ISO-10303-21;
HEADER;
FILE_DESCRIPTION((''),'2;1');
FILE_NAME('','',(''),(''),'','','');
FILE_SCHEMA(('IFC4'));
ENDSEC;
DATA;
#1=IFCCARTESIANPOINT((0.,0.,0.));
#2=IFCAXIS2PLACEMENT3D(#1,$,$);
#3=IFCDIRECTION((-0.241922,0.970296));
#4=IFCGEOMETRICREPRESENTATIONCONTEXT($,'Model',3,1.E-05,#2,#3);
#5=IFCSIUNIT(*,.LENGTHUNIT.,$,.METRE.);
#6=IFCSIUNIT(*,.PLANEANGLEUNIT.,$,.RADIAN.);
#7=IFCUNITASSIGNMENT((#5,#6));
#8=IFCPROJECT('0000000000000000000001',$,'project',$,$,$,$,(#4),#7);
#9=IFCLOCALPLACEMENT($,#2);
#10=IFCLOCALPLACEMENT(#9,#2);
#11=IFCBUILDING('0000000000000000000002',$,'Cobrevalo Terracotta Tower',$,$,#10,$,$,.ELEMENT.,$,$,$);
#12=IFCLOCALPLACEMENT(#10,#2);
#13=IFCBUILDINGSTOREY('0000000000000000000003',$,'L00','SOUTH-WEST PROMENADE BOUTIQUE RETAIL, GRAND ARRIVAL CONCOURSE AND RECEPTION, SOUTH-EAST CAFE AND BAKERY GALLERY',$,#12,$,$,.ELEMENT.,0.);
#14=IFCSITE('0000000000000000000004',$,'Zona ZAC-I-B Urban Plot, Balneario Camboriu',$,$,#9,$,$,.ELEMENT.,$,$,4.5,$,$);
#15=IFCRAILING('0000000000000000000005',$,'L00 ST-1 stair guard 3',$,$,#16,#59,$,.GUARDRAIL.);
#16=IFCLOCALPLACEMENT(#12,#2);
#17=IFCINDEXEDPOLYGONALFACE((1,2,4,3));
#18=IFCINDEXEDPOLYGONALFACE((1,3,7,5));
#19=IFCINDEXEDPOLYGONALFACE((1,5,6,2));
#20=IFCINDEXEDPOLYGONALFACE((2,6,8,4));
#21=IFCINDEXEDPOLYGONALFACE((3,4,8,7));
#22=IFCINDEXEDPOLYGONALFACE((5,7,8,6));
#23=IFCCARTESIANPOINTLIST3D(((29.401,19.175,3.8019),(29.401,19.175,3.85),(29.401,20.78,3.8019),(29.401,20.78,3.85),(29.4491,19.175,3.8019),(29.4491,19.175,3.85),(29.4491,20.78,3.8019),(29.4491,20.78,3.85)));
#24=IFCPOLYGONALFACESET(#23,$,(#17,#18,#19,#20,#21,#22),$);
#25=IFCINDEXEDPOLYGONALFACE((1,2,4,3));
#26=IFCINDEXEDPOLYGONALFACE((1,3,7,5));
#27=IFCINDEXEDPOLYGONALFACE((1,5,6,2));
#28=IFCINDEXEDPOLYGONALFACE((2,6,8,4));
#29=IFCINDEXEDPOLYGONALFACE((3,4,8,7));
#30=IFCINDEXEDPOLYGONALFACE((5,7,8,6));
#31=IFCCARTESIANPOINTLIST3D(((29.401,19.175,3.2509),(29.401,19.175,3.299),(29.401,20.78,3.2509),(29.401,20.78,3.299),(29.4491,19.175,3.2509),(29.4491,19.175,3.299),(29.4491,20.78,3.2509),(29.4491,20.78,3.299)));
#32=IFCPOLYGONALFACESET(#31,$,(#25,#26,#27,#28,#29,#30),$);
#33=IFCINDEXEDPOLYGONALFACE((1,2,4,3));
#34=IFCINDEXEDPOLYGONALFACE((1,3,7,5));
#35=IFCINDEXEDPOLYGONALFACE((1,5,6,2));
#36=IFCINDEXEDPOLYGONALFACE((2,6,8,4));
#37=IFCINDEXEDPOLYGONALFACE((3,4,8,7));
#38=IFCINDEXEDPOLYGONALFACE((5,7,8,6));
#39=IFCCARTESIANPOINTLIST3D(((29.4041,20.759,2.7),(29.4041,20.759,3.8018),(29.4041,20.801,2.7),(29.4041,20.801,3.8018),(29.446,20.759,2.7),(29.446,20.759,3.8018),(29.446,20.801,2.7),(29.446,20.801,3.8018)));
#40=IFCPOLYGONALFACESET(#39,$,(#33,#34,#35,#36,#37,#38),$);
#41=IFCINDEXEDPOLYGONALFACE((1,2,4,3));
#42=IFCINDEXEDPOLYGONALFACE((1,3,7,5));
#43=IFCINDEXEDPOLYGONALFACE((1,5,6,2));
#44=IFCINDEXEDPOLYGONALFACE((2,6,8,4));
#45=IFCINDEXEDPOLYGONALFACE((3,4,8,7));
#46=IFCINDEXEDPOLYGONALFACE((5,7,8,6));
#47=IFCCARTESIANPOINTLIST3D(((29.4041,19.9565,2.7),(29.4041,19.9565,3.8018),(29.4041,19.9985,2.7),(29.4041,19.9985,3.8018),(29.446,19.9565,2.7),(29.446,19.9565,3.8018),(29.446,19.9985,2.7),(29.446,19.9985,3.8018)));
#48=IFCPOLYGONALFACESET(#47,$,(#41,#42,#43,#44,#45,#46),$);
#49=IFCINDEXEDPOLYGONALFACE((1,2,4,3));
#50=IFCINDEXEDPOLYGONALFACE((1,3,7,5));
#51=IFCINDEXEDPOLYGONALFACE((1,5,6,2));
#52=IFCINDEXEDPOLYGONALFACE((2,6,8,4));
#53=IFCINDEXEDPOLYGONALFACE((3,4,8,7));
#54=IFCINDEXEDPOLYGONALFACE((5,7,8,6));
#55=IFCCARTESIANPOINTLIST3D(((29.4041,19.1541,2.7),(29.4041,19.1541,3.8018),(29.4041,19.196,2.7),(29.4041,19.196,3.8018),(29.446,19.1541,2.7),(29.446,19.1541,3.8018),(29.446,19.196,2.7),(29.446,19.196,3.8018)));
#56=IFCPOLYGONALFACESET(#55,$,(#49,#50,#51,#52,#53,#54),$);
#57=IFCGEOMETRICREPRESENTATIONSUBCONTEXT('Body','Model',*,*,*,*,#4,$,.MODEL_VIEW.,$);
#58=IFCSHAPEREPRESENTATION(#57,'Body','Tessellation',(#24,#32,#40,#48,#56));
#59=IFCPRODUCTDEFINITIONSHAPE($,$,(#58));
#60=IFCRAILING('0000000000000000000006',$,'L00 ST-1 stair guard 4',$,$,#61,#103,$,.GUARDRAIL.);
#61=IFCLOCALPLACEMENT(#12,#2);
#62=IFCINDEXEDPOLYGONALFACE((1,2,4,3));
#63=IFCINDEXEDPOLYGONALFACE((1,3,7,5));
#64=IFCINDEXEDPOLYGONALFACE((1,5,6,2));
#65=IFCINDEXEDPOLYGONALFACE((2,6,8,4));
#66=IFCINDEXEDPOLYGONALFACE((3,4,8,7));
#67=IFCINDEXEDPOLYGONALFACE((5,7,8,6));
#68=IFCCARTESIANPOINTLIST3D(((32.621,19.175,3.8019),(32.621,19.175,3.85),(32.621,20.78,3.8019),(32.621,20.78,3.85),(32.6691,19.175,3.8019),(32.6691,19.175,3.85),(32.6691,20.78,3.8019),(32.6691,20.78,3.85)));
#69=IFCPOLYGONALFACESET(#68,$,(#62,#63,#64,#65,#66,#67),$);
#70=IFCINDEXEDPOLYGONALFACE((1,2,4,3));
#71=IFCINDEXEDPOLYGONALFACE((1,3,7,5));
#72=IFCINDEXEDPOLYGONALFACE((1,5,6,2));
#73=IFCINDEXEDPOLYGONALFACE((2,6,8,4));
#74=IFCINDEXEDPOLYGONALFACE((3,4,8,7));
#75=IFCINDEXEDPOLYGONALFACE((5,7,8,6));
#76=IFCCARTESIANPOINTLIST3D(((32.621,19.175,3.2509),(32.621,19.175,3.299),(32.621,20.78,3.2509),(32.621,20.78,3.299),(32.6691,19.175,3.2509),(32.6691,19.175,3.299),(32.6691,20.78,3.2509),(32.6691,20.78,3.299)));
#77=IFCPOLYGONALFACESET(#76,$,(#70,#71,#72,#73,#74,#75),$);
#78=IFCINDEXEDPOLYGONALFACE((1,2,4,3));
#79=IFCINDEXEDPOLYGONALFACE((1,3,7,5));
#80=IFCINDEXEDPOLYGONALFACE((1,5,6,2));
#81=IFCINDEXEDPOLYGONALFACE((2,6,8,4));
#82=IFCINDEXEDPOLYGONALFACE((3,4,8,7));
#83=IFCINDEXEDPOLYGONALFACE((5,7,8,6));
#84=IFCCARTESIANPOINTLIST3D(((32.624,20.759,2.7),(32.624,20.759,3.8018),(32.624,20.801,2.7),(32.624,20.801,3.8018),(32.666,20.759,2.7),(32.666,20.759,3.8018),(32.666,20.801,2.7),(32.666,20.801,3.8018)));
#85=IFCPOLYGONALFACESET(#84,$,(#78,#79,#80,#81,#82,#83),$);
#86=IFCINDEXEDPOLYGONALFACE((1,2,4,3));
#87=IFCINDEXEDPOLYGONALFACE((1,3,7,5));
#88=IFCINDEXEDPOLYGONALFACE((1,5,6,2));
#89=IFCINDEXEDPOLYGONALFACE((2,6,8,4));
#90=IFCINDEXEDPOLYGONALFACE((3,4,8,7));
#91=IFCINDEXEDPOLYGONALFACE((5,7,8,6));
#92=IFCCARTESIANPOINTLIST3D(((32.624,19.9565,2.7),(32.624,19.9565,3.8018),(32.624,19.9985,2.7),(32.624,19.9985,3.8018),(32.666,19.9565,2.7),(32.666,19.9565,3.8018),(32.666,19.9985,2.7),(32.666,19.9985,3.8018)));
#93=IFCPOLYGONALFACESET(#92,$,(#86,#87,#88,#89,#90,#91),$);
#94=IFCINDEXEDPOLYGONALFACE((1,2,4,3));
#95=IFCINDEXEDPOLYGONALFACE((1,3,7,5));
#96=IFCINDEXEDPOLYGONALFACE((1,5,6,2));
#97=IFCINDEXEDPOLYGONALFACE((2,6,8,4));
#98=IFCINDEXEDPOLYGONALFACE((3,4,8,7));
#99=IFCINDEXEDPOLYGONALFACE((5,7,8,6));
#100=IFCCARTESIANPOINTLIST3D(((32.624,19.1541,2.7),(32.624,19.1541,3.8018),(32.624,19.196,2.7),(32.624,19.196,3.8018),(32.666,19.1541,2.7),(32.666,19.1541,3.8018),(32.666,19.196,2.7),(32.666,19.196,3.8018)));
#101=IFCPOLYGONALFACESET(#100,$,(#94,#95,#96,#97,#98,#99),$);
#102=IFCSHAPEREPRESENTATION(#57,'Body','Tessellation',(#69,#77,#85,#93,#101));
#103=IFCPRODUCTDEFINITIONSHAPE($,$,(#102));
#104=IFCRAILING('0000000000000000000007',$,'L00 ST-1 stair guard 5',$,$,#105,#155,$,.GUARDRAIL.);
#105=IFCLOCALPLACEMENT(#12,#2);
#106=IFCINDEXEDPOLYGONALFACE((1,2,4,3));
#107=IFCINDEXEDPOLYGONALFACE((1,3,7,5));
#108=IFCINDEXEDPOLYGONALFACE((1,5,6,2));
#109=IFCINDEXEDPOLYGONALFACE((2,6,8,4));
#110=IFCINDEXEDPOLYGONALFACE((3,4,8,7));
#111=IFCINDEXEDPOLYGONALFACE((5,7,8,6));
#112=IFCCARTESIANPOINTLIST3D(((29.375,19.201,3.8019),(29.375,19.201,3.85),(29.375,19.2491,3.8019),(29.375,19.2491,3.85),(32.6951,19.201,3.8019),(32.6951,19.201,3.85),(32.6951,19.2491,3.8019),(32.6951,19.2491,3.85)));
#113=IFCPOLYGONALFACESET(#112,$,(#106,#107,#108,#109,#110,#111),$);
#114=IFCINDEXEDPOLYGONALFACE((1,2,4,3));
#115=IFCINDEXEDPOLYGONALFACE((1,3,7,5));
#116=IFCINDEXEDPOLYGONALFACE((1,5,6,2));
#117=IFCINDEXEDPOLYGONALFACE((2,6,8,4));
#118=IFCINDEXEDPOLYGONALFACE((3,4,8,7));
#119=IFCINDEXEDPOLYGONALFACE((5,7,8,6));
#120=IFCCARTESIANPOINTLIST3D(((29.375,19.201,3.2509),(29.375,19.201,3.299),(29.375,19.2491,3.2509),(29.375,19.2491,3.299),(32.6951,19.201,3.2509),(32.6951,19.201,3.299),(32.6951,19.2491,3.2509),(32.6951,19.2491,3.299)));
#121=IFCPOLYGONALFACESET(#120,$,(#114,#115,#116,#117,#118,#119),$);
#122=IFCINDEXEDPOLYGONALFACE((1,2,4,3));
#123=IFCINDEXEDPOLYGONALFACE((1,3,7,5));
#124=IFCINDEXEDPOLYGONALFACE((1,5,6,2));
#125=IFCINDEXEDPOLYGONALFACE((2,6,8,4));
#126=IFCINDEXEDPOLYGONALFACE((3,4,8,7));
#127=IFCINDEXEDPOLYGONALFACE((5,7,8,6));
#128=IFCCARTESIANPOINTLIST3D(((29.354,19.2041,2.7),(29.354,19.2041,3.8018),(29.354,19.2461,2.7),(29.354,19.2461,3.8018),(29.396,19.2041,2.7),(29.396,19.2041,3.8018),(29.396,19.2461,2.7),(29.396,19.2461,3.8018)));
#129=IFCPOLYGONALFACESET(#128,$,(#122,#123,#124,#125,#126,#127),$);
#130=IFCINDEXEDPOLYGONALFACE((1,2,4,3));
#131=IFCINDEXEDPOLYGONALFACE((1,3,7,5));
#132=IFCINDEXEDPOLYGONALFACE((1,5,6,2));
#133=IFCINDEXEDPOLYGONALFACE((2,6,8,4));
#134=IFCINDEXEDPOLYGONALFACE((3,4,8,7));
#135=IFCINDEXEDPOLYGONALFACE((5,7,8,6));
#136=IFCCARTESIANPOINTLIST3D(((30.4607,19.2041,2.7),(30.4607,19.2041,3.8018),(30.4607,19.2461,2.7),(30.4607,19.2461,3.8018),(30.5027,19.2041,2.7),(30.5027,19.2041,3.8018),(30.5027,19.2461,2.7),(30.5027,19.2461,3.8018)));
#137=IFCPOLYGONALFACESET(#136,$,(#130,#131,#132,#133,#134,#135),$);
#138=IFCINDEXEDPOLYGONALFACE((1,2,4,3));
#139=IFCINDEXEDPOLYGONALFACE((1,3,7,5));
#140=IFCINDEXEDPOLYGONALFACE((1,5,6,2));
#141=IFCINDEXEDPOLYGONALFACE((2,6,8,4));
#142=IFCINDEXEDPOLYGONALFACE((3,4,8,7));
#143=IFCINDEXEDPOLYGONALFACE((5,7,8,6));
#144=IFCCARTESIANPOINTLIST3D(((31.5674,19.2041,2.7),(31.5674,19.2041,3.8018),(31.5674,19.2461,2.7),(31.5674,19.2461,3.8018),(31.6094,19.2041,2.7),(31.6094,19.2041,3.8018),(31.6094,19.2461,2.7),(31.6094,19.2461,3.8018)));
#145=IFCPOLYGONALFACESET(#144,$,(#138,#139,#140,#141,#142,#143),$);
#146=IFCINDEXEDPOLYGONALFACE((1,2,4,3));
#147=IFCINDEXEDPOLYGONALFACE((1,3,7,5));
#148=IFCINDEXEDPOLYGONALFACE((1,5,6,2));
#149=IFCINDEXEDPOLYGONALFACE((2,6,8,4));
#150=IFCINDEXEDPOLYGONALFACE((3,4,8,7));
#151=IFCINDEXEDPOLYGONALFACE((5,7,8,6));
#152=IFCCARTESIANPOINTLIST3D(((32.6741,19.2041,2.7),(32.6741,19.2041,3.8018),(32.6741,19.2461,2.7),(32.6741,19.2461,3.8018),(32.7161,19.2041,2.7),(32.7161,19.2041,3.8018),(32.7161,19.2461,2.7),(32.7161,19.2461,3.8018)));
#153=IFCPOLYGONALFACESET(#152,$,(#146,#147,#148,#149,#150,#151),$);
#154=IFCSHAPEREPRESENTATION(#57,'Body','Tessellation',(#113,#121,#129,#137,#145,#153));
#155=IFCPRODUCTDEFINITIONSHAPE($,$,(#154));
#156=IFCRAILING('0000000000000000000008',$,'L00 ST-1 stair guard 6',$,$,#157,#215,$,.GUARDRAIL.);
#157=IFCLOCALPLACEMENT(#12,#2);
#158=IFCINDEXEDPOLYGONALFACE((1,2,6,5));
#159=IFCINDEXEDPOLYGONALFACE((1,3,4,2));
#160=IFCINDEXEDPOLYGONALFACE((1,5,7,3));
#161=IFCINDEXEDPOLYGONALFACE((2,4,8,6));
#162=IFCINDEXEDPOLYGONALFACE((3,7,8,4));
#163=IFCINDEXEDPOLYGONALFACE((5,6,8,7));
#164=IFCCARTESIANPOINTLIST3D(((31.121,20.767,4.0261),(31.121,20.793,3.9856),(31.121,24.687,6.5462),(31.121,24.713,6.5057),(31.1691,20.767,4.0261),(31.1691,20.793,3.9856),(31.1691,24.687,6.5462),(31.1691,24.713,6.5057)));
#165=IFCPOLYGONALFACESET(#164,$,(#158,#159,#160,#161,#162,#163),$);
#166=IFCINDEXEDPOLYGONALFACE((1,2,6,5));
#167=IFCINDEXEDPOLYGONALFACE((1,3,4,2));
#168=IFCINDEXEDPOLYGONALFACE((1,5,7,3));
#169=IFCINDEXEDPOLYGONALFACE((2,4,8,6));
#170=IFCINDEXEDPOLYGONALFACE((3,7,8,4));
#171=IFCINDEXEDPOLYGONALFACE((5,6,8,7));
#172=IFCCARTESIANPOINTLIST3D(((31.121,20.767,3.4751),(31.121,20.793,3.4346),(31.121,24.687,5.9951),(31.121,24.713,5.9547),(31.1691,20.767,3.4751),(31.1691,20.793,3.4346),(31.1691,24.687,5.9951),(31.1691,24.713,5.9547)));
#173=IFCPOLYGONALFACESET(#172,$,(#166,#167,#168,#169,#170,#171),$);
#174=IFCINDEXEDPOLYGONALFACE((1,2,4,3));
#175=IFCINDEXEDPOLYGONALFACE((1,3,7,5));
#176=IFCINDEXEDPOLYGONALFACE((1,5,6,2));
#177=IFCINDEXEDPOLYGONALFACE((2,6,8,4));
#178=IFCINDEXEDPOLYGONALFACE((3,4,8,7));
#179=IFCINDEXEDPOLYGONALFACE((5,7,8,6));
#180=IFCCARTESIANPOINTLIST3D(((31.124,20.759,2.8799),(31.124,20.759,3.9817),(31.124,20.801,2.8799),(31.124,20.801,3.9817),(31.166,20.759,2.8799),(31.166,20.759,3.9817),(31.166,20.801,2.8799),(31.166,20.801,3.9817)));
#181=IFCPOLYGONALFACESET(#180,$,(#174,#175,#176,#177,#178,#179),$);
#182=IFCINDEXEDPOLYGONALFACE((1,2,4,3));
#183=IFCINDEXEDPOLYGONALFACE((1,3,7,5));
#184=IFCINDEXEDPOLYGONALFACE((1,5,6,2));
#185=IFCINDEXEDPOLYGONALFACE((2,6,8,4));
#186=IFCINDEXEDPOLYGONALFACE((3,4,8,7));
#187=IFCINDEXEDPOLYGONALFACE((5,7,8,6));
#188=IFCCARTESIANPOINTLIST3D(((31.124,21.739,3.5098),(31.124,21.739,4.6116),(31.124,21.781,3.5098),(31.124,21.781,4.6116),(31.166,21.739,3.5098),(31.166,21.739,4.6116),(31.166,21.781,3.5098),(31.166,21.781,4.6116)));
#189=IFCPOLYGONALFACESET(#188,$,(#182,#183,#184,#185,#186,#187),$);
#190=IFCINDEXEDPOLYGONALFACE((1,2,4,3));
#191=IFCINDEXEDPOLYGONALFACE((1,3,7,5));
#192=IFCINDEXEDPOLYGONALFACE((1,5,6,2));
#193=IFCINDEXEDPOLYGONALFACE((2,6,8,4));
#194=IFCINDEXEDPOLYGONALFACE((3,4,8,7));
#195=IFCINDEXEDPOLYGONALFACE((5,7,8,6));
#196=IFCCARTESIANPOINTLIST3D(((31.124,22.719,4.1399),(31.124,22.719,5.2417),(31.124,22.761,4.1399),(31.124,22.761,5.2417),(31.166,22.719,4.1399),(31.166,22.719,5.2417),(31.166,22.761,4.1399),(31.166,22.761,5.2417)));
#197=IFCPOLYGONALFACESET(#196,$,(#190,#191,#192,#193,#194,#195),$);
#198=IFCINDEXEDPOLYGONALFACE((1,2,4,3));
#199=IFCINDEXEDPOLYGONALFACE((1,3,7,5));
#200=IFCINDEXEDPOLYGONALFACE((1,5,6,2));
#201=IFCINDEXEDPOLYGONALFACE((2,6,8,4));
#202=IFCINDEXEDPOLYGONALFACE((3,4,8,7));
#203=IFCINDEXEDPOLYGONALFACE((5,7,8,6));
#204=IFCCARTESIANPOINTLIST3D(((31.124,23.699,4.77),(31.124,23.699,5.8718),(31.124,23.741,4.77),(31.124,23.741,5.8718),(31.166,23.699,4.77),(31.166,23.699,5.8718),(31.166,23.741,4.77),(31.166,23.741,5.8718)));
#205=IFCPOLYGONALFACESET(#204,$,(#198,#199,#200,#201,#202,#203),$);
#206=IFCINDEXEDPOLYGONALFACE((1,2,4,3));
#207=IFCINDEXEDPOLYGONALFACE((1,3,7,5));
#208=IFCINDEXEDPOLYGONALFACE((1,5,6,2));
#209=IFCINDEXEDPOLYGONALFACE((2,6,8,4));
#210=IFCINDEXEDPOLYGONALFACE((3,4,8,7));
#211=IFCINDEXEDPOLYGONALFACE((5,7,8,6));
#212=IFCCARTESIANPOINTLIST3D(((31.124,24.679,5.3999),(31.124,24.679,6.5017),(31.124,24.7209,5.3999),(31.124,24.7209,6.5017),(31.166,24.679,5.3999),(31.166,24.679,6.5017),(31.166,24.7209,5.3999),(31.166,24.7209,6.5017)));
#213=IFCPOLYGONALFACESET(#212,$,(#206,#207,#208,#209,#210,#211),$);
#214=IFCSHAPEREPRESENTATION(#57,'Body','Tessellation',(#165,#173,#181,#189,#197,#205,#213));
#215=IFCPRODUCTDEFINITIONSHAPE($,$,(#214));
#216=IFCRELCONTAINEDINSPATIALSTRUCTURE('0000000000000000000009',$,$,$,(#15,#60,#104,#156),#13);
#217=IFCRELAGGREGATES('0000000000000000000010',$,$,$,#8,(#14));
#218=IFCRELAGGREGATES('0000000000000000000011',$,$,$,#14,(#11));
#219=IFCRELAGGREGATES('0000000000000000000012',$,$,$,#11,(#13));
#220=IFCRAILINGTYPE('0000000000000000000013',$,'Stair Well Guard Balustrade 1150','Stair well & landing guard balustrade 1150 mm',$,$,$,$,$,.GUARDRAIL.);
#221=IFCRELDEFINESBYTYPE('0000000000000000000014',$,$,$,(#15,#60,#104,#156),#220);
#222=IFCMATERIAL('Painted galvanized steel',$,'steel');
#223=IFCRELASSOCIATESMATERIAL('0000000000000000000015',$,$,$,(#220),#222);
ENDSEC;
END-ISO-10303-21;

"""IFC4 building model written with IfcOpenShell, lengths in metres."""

from ifc_helpers import new_model, si_unit, direction, frame, origin, origin_2d, place, context, subcontext, project, spatial, rectangle, extrude, material, type_object, element, save


model = new_model("IFC4")

# Units and contexts
model_context = context("Model", 3, precision=1e-05, world=origin(), true_north=direction((-0.241922, 0.970296)))
body_context = subcontext(model_context, "Body", "Model", "MODEL_VIEW")
ifc_project = project(units=[si_unit("LENGTHUNIT", "METRE"), si_unit("PLANEANGLEUNIT", "RADIAN")], contexts=[model_context])

# Site, building, storey
site_placement = place(None, origin())
site = spatial("IfcSite", under=ifc_project, at=site_placement, Name="Zona ZAC-I-B Urban Plot, Balneario Camboriu", CompositionType="ELEMENT", RefElevation=4.5)
building_placement = place(site_placement, origin())
building = spatial("IfcBuilding", under=site, at=building_placement, Name="Cobrevalo Terracotta Tower", CompositionType="ELEMENT")
storey_placement = place(building_placement, origin())
storey = spatial("IfcBuildingStorey", under=building, at=storey_placement, Name="L00", Description="SOUTH-WEST PROMENADE BOUTIQUE RETAIL, GRAND ARRIVAL CONCOURSE AND RECEPTION, SOUTH-EAST CAFE AND BAKERY GALLERY", CompositionType="ELEMENT", Elevation=0.0)

# Railings
ifc_material_1 = material(Name="Painted galvanized steel", Category="steel")
railing_type_1 = type_object("IfcRailingType", Name="Stair Well Guard Balustrade 1150", Description="Stair well & landing guard balustrade 1150 mm", PredefinedType="GUARDRAIL", material=ifc_material_1)
for number, where, name in (
    (1, (29.425, 20.78, 2.7), "L00 ST-1 stair guard 3"),
    (2, (32.645, 20.78, 2.7), "L00 ST-1 stair guard 4"),
):
    element("IfcRailing", number, at=place(storey_placement, frame(where)), inside=storey, type_object=railing_type_1, Name=name, PredefinedType="GUARDRAIL", context=body_context, shape_type="SweptSolid", body=[
        extrude(rectangle(XDim=0.0481, YDim=0.0481, at=origin_2d()), frame((0.0, 0.0, 1.126), z_axis=(0.0, -1.0, 0.0), x_axis=(1.0, 0.0, 0.0)), (0.0, 0.0, 1.0), 1.605),
        extrude(rectangle(XDim=0.0481, YDim=0.0481, at=origin_2d()), frame((0.0, 0.0, 0.575), z_axis=(0.0, -1.0, 0.0), x_axis=(1.0, 0.0, 0.0)), (0.0, 0.0, 1.0), 1.605),
        extrude(rectangle(XDim=0.042, YDim=0.042, at=origin_2d()), origin(), (0.0, 0.0, 1.0), 1.1018),
        extrude(rectangle(XDim=0.042, YDim=0.042, at=origin_2d()), frame((0.0, -0.8025, 0.0)), (0.0, 0.0, 1.0), 1.1018),
        extrude(rectangle(XDim=0.042, YDim=0.042, at=origin_2d()), frame((0.0, -1.605, 0.0)), (0.0, 0.0, 1.0), 1.1018),
    ])
railing_1_placement = place(storey_placement, frame((29.375, 19.2251, 2.7)))
element("IfcRailing", 3, at=railing_1_placement, inside=storey, type_object=railing_type_1, Name="L00 ST-1 stair guard 5", PredefinedType="GUARDRAIL", context=body_context, shape_type="SweptSolid", body=[
    extrude(rectangle(XDim=0.0481, YDim=0.0481, at=origin_2d()), frame((0.0, 0.0, 1.126), z_axis=(1.0, 0.0, 0.0), x_axis=(0.0, 1.0, 0.0)), (0.0, 0.0, 1.0), 3.3201),
    extrude(rectangle(XDim=0.0481, YDim=0.0481, at=origin_2d()), frame((0.0, 0.0, 0.575), z_axis=(1.0, 0.0, 0.0), x_axis=(0.0, 1.0, 0.0)), (0.0, 0.0, 1.0), 3.3201),
    extrude(rectangle(XDim=0.042, YDim=0.042, at=origin_2d()), origin(), (0.0, 0.0, 1.0), 1.1018),
    extrude(rectangle(XDim=0.042, YDim=0.042, at=origin_2d()), frame((1.1067, 0.0, 0.0)), (0.0, 0.0, 1.0), 1.1018),
    extrude(rectangle(XDim=0.042, YDim=0.042, at=origin_2d()), frame((2.2134, 0.0, 0.0)), (0.0, 0.0, 1.0), 1.1018),
    extrude(rectangle(XDim=0.042, YDim=0.042, at=origin_2d()), frame((3.3201, 0.0, 0.0)), (0.0, 0.0, 1.0), 1.1018),
])
railing_2_placement = place(storey_placement, frame((31.145, 20.78, 2.8799)))
element("IfcRailing", 4, at=railing_2_placement, inside=storey, type_object=railing_type_1, Name="L00 ST-1 stair guard 6", PredefinedType="GUARDRAIL", context=body_context, shape_type="SweptSolid", body=[
    extrude(rectangle(XDim=0.0481, YDim=0.0481, at=origin_2d()), frame((0.0, 0.0, 1.126), z_axis=(0.0, 0.841172, 0.540768), x_axis=(-1.0, 0.0, 0.0)), (0.0, 0.0, 1.0), 4.6602),
    extrude(rectangle(XDim=0.0481, YDim=0.0481, at=origin_2d()), frame((0.0, 0.0, 0.575), z_axis=(0.0, 0.841172, 0.540768), x_axis=(-1.0, 0.0, 0.0)), (0.0, 0.0, 1.0), 4.6602),
    extrude(rectangle(XDim=0.042, YDim=0.042, at=origin_2d()), origin(), (0.0, 0.0, 1.0), 1.1018),
    extrude(rectangle(XDim=0.042, YDim=0.042, at=origin_2d()), frame((0.0, 0.98, 0.6299)), (0.0, 0.0, 1.0), 1.1018),
    extrude(rectangle(XDim=0.042, YDim=0.042, at=origin_2d()), frame((0.0, 1.96, 1.26)), (0.0, 0.0, 1.0), 1.1018),
    extrude(rectangle(XDim=0.042, YDim=0.042, at=origin_2d()), frame((0.0, 2.9399, 1.8901)), (0.0, 0.0, 1.0), 1.1018),
    extrude(rectangle(XDim=0.042, YDim=0.042, at=origin_2d()), frame((0.0, 3.9199, 2.52)), (0.0, 0.0, 1.0), 1.1018),
])

save(model, "model.ifc")
